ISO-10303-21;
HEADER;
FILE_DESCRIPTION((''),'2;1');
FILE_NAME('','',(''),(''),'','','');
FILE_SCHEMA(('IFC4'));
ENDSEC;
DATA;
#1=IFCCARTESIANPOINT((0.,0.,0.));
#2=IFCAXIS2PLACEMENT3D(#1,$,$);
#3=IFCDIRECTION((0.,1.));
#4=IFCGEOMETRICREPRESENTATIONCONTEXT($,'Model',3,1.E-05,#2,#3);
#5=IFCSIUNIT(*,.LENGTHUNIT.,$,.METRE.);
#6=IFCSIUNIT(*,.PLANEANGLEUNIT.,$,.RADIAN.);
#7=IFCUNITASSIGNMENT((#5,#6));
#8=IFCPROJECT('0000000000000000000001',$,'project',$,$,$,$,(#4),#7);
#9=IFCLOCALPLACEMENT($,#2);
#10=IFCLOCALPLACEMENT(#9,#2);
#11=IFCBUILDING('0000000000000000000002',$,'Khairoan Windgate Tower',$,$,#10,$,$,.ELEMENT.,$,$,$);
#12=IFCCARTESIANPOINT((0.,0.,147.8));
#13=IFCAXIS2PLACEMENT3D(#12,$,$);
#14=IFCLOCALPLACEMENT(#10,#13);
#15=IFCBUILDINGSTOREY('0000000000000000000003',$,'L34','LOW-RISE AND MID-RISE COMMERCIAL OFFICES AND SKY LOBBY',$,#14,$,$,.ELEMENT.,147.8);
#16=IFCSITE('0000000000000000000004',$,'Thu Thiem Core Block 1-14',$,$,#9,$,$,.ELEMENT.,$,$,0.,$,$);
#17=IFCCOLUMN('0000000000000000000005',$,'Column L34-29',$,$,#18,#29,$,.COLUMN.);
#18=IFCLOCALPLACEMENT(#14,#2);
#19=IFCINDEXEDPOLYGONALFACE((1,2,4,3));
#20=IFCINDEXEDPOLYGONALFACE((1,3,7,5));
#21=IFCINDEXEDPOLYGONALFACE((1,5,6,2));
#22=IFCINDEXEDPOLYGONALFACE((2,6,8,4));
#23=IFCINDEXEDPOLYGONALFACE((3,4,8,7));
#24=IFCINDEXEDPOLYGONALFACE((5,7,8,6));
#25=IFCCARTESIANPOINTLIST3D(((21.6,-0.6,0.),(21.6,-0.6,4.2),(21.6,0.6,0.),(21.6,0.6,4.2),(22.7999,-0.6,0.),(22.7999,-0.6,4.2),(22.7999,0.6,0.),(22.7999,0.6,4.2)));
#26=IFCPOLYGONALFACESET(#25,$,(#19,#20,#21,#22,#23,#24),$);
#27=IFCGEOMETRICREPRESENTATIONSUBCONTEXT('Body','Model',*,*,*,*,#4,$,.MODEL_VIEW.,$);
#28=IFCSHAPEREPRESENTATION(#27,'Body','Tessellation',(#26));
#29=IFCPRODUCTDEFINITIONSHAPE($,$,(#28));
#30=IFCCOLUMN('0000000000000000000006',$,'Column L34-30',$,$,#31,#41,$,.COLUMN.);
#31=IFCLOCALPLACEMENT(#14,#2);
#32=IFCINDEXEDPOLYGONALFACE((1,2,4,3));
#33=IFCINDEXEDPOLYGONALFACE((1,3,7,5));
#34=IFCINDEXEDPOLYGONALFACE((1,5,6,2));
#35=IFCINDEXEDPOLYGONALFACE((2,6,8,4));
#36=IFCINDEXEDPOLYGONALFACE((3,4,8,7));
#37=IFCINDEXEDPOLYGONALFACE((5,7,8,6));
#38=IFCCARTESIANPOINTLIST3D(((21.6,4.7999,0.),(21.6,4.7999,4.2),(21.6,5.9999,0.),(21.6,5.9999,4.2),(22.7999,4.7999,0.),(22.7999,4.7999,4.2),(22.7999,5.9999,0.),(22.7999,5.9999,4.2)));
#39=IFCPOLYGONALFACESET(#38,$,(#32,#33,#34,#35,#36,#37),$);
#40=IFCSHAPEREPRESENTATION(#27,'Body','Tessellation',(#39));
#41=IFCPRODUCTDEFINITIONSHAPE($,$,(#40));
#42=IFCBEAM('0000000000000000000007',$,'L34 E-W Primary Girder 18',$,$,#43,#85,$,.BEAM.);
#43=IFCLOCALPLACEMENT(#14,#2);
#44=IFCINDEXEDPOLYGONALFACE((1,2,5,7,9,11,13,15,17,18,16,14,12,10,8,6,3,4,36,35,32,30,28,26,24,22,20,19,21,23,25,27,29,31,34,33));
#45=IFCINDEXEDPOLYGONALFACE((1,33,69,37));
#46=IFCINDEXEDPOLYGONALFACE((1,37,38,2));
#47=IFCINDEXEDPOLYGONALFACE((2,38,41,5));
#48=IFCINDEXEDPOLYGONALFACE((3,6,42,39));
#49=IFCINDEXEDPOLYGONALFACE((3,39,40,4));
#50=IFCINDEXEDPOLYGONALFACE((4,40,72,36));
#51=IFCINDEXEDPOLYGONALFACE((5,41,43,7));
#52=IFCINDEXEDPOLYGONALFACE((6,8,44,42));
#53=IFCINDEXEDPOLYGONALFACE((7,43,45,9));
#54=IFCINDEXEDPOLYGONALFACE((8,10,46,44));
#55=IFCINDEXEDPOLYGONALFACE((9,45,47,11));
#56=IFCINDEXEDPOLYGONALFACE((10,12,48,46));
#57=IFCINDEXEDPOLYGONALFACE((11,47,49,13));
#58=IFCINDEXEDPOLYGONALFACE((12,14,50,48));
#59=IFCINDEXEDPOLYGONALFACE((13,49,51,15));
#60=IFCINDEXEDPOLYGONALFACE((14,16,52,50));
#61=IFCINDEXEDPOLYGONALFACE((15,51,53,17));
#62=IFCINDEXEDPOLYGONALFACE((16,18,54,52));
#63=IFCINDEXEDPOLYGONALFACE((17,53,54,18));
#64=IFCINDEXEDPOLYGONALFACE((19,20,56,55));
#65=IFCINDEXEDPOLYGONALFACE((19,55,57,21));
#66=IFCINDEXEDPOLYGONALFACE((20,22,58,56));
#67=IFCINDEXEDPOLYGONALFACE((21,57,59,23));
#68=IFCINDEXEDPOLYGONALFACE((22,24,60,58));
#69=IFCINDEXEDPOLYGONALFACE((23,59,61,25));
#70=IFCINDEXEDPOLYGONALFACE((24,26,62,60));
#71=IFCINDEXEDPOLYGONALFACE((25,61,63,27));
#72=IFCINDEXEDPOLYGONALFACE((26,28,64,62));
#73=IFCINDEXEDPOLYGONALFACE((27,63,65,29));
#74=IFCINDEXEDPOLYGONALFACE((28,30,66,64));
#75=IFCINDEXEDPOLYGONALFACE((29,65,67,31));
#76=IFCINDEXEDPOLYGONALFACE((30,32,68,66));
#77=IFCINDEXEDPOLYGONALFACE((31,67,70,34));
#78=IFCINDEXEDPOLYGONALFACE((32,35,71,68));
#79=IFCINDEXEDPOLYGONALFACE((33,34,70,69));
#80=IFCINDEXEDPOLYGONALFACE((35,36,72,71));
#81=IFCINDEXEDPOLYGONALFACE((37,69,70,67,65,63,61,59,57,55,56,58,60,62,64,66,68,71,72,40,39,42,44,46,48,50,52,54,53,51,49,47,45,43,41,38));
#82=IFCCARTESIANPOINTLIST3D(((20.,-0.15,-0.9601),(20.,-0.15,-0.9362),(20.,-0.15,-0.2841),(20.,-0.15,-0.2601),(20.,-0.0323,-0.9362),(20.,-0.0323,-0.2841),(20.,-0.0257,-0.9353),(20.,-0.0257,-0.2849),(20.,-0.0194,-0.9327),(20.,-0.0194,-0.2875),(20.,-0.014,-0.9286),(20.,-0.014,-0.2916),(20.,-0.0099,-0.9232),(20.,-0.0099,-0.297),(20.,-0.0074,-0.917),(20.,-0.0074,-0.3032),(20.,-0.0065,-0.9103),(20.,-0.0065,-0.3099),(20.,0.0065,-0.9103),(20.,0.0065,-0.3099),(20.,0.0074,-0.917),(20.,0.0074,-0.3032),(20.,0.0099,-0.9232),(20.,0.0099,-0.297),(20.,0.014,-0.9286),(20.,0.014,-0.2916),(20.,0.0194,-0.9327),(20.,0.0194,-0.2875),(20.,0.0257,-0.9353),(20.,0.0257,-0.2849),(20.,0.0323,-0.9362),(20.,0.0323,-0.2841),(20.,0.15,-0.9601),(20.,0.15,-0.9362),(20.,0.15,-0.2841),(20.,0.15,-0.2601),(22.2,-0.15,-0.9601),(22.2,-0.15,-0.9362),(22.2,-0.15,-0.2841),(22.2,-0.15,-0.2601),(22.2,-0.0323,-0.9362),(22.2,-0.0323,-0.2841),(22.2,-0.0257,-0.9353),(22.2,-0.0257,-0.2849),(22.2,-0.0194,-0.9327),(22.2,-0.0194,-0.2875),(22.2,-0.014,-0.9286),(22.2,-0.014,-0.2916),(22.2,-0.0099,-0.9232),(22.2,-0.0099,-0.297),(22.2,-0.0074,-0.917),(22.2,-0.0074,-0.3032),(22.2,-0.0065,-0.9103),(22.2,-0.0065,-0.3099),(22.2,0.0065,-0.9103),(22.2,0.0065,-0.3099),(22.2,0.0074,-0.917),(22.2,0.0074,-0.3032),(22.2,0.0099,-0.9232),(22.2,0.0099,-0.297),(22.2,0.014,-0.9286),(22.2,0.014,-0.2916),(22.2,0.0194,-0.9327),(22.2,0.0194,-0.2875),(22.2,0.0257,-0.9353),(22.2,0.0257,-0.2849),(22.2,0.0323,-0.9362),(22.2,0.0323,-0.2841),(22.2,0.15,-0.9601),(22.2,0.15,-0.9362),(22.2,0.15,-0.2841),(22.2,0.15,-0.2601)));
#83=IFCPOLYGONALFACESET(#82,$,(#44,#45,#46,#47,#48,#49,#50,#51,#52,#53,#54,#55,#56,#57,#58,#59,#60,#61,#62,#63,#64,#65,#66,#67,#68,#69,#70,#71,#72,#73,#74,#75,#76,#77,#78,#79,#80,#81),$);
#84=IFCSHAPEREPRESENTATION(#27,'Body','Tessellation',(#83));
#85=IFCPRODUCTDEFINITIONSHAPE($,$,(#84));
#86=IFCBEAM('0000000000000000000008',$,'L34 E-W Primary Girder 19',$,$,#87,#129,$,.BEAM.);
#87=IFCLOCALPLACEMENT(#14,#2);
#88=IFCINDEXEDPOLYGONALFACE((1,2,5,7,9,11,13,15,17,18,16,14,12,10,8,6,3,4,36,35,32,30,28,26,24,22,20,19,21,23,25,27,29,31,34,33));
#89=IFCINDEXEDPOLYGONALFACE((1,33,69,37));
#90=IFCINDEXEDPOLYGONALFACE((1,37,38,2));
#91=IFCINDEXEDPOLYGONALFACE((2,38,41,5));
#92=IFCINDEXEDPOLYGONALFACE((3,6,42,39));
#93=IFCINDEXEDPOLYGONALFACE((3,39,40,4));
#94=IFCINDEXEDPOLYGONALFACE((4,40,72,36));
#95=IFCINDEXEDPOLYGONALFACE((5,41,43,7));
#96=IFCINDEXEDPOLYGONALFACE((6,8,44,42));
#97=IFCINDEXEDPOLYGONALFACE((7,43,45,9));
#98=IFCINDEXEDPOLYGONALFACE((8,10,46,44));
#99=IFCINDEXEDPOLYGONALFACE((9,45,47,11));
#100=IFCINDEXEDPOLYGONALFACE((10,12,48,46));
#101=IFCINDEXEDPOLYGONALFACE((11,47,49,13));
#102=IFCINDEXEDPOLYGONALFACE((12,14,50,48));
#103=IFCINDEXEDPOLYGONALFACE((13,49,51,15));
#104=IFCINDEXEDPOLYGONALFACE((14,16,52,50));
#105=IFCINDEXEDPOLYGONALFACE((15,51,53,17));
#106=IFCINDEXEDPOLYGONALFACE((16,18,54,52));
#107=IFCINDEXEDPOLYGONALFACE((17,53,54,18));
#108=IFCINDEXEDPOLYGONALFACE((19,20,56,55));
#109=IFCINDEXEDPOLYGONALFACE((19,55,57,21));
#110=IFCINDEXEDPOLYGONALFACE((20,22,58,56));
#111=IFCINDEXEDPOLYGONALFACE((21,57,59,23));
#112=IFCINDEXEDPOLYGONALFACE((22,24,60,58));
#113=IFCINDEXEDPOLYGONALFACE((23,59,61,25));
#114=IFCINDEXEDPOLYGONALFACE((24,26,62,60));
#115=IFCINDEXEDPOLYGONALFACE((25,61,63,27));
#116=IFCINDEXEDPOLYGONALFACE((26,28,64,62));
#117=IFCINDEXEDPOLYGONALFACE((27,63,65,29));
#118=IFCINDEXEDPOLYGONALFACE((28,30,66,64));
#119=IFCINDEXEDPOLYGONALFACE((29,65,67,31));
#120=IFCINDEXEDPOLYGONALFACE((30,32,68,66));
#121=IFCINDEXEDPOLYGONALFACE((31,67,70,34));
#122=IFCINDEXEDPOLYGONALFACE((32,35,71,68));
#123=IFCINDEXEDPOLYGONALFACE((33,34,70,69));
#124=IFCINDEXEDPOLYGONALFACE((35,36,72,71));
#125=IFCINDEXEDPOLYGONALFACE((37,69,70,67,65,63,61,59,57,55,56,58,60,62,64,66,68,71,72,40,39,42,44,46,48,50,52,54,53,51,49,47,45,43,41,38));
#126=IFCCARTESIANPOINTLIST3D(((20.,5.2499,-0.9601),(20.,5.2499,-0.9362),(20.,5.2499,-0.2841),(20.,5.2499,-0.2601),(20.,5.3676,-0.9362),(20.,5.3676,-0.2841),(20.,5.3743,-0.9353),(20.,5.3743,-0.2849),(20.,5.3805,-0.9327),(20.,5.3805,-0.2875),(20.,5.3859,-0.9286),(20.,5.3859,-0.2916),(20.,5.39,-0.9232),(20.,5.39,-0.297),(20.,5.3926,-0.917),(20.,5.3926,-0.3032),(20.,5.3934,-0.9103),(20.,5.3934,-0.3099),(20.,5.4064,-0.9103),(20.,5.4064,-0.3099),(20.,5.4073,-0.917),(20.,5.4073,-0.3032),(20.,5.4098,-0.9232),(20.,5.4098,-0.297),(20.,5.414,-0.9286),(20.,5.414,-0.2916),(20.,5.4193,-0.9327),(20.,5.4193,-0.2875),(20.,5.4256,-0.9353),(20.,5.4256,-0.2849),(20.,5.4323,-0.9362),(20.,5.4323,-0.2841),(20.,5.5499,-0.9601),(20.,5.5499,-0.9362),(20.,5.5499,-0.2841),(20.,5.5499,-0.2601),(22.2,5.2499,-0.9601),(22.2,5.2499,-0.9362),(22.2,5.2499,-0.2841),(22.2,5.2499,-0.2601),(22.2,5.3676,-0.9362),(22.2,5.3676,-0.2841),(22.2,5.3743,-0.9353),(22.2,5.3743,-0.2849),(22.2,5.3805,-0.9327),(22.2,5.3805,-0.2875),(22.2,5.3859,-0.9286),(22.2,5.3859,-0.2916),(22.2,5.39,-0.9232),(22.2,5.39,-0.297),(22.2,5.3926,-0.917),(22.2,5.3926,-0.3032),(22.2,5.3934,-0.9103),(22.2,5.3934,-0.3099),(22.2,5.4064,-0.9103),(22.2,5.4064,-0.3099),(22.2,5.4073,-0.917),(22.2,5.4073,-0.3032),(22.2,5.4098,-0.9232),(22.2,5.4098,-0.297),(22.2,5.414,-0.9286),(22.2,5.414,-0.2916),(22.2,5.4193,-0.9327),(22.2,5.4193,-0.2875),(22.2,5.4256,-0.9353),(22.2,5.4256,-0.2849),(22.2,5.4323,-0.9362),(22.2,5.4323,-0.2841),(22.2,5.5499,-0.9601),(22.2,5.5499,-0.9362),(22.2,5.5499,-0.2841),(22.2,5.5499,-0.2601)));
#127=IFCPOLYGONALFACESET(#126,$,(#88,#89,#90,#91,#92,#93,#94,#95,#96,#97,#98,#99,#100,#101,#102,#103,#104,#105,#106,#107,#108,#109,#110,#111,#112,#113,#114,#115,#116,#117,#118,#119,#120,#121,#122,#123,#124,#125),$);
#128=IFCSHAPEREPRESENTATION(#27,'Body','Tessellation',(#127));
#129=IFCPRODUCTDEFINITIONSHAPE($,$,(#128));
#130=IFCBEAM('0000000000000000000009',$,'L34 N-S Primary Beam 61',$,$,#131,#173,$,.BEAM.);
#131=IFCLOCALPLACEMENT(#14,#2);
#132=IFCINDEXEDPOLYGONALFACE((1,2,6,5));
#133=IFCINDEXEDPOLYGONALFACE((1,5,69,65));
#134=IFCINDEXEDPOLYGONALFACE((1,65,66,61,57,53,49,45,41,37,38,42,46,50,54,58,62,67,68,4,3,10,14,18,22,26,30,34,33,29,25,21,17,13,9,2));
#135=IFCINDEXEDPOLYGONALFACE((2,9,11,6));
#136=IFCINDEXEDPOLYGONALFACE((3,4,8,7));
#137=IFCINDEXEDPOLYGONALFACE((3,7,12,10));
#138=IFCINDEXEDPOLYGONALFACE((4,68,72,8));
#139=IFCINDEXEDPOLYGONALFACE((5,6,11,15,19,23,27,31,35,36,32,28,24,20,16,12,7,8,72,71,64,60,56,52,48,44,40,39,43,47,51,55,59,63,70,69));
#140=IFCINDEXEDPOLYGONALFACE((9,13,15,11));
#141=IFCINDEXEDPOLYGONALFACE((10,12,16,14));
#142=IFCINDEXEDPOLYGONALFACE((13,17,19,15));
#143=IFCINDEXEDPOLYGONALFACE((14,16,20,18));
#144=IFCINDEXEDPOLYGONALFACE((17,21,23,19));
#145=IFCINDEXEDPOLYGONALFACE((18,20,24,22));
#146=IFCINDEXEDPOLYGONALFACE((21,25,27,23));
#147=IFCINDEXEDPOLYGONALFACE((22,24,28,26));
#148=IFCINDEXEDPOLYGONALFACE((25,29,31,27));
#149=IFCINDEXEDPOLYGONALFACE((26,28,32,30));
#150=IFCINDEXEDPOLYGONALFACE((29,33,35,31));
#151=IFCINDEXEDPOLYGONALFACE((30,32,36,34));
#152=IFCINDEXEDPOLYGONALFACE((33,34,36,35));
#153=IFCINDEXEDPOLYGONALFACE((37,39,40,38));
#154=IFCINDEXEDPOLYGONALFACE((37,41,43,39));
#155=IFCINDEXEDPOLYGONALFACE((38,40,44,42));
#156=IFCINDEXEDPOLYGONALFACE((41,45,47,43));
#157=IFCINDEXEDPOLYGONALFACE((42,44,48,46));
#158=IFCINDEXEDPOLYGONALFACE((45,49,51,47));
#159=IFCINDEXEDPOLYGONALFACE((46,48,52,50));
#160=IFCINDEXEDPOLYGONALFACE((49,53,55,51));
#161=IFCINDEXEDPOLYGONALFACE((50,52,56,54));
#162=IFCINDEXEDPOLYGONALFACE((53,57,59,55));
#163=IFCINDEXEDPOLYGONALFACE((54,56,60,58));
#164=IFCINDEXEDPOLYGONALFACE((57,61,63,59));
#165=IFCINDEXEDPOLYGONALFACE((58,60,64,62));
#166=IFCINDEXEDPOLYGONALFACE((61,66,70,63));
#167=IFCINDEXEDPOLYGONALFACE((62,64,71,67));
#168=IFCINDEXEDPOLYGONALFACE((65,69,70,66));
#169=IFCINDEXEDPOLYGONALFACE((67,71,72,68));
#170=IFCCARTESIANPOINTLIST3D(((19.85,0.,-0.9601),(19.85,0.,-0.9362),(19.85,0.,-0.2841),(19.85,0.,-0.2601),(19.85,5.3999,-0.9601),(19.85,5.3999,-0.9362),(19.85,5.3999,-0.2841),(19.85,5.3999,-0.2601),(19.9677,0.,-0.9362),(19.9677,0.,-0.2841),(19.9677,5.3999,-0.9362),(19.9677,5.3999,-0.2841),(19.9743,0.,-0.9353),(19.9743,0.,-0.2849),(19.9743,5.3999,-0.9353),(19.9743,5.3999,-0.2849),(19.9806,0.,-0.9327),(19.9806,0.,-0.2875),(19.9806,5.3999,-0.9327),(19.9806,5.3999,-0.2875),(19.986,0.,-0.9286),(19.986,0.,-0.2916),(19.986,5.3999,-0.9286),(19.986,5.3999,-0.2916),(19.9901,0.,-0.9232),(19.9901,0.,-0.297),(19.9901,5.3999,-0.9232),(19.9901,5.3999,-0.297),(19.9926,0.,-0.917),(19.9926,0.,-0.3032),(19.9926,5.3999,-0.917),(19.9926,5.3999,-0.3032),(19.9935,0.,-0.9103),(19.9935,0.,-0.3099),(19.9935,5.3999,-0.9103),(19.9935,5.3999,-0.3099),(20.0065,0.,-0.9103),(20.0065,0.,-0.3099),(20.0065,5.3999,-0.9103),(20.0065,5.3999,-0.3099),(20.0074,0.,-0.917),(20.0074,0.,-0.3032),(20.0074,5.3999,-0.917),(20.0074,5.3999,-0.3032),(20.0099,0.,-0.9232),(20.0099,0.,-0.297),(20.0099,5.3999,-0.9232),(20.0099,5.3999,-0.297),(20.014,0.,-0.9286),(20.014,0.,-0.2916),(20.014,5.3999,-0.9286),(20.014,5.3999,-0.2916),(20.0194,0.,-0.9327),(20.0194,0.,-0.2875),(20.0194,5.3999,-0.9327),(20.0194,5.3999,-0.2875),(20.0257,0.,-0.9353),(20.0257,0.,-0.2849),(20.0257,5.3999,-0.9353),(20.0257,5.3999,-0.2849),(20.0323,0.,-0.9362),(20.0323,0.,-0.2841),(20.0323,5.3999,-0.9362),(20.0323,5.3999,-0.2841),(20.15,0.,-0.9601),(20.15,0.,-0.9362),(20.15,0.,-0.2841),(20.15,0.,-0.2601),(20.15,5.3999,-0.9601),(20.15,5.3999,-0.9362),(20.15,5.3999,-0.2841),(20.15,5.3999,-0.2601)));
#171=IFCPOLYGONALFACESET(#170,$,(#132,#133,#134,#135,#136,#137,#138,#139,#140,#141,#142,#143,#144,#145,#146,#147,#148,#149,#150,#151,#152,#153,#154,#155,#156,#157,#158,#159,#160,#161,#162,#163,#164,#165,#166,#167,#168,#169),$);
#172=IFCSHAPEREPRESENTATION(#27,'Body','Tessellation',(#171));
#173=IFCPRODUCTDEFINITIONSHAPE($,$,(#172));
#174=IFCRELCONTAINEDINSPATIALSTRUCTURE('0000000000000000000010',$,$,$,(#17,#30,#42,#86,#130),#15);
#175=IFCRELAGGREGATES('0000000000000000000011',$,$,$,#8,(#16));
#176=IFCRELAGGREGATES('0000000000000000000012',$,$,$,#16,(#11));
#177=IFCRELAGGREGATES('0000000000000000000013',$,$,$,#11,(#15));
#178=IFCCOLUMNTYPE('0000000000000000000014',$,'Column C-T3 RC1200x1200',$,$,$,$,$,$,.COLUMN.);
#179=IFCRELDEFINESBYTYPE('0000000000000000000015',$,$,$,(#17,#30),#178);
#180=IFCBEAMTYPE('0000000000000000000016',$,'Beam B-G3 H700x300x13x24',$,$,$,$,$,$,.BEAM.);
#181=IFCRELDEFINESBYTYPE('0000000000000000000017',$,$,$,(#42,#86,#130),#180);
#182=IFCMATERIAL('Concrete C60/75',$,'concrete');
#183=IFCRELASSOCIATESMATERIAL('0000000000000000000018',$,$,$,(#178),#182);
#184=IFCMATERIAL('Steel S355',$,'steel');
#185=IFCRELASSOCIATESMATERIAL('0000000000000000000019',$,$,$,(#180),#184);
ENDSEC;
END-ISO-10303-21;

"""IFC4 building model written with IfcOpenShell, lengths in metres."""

from ifc_helpers import new_model, si_unit, direction, frame, origin, origin_2d, place, context, subcontext, project, spatial, rectangle, i_section, extrude, material, material_profile, profile_set, type_object, element, save


model = new_model("IFC4")

# Units and contexts
model_context = context("Model", 3, precision=1e-05, world=origin(), true_north=direction((0.0, 1.0)))
body_context = subcontext(model_context, "Body", "Model", "MODEL_VIEW")
ifc_project = project(units=[si_unit("LENGTHUNIT", "METRE"), si_unit("PLANEANGLEUNIT", "RADIAN")], contexts=[model_context])

# Site, building, storey
site_placement = place(None, origin())
site = spatial("IfcSite", under=ifc_project, at=site_placement, Name="Thu Thiem Core Block 1-14", CompositionType="ELEMENT", RefElevation=0.0)
building_placement = place(site_placement, origin())
building = spatial("IfcBuilding", under=site, at=building_placement, Name="Khairoan Windgate Tower", CompositionType="ELEMENT")
storey_placement = place(building_placement, frame((0.0, 0.0, 147.8)))
storey = spatial("IfcBuildingStorey", under=building, at=storey_placement, Name="L34", Description="LOW-RISE AND MID-RISE COMMERCIAL OFFICES AND SKY LOBBY", CompositionType="ELEMENT", Elevation=147.8)

# Columns
ifc_material_1 = material(Name="Concrete C60/75", Category="concrete")
ifc_material_profile_1 = material_profile(ifc_material_1, rectangle(XDim=1.2, YDim=1.2, at=origin_2d()))
ifc_profile_set_1 = profile_set([ifc_material_profile_1], Name="Concrete C60/75")
column_type = type_object("IfcColumnType", Name="Column C-T3 RC1200x1200", PredefinedType="COLUMN", material=ifc_profile_set_1)
for number, where, z_axis, x_axis, name in (
    (1, (22.2, 0.0, 0.0), (0.0, 0.0, 1.0), (1.0, 0.0, 0.0), "Column L34-29"),
    (2, (22.2, 5.3999, 0.0), (0.0, 0.0, 1.0), (1.0, 0.0, 0.0), "Column L34-30"),
):
    element("IfcColumn", number, at=place(storey_placement, frame(where, z_axis=z_axis, x_axis=x_axis)), inside=storey, type_object=column_type, Name=name, PredefinedType="COLUMN", context=body_context, shape_type="SweptSolid", body=[
        extrude(rectangle(XDim=1.2, YDim=1.2, at=origin_2d()), origin(), (0.0, 0.0, 1.0), 4.2),
    ])

# Beams
ifc_material_2 = material(Name="Steel S355", Category="steel")
ifc_material_profile_2 = material_profile(ifc_material_2, i_section(OverallWidth=0.3, OverallDepth=0.7, WebThickness=0.0129, FlangeThickness=0.0239, FilletRadius=0.0259, at=origin_2d()))
ifc_profile_set_2 = profile_set([ifc_material_profile_2], Name="Steel S355")
beam_type_1 = type_object("IfcBeamType", Name="Beam B-G3 H700x300x13x24", PredefinedType="BEAM", material=ifc_profile_set_2)
for number, where, z_axis, x_axis, name in (
    (3, (20.0, 0.0, -0.6101), (1.0, 0.0, 0.0), (0.0, 1.0, 0.0), "L34 E-W Primary Girder 18"),
    (4, (20.0, 5.3999, -0.6101), (1.0, 0.0, 0.0), (0.0, 1.0, 0.0), "L34 E-W Primary Girder 19"),
):
    element("IfcBeam", number, at=place(storey_placement, frame(where, z_axis=z_axis, x_axis=x_axis)), inside=storey, type_object=beam_type_1, Name=name, PredefinedType="BEAM", context=body_context, shape_type="SweptSolid", body=[
        extrude(i_section(OverallWidth=0.3, OverallDepth=0.7, WebThickness=0.0129, FlangeThickness=0.0239, FilletRadius=0.0259, at=origin_2d()), origin(), (0.0, 0.0, 1.0), 2.2),
    ])
beam_1_placement = place(storey_placement, frame((20.0, 0.0, -0.6101), z_axis=(0.0, 1.0, 0.0), x_axis=(-1.0, 0.0, 0.0)))
element("IfcBeam", 5, at=beam_1_placement, inside=storey, type_object=beam_type_1, Name="L34 N-S Primary Beam 61", PredefinedType="BEAM", context=body_context, shape_type="SweptSolid", body=[
    extrude(i_section(OverallWidth=0.3, OverallDepth=0.7, WebThickness=0.0129, FlangeThickness=0.0239, FilletRadius=0.0259, at=origin_2d()), origin(), (0.0, 0.0, 1.0), 5.3999),
])

save(model, "model.ifc")
